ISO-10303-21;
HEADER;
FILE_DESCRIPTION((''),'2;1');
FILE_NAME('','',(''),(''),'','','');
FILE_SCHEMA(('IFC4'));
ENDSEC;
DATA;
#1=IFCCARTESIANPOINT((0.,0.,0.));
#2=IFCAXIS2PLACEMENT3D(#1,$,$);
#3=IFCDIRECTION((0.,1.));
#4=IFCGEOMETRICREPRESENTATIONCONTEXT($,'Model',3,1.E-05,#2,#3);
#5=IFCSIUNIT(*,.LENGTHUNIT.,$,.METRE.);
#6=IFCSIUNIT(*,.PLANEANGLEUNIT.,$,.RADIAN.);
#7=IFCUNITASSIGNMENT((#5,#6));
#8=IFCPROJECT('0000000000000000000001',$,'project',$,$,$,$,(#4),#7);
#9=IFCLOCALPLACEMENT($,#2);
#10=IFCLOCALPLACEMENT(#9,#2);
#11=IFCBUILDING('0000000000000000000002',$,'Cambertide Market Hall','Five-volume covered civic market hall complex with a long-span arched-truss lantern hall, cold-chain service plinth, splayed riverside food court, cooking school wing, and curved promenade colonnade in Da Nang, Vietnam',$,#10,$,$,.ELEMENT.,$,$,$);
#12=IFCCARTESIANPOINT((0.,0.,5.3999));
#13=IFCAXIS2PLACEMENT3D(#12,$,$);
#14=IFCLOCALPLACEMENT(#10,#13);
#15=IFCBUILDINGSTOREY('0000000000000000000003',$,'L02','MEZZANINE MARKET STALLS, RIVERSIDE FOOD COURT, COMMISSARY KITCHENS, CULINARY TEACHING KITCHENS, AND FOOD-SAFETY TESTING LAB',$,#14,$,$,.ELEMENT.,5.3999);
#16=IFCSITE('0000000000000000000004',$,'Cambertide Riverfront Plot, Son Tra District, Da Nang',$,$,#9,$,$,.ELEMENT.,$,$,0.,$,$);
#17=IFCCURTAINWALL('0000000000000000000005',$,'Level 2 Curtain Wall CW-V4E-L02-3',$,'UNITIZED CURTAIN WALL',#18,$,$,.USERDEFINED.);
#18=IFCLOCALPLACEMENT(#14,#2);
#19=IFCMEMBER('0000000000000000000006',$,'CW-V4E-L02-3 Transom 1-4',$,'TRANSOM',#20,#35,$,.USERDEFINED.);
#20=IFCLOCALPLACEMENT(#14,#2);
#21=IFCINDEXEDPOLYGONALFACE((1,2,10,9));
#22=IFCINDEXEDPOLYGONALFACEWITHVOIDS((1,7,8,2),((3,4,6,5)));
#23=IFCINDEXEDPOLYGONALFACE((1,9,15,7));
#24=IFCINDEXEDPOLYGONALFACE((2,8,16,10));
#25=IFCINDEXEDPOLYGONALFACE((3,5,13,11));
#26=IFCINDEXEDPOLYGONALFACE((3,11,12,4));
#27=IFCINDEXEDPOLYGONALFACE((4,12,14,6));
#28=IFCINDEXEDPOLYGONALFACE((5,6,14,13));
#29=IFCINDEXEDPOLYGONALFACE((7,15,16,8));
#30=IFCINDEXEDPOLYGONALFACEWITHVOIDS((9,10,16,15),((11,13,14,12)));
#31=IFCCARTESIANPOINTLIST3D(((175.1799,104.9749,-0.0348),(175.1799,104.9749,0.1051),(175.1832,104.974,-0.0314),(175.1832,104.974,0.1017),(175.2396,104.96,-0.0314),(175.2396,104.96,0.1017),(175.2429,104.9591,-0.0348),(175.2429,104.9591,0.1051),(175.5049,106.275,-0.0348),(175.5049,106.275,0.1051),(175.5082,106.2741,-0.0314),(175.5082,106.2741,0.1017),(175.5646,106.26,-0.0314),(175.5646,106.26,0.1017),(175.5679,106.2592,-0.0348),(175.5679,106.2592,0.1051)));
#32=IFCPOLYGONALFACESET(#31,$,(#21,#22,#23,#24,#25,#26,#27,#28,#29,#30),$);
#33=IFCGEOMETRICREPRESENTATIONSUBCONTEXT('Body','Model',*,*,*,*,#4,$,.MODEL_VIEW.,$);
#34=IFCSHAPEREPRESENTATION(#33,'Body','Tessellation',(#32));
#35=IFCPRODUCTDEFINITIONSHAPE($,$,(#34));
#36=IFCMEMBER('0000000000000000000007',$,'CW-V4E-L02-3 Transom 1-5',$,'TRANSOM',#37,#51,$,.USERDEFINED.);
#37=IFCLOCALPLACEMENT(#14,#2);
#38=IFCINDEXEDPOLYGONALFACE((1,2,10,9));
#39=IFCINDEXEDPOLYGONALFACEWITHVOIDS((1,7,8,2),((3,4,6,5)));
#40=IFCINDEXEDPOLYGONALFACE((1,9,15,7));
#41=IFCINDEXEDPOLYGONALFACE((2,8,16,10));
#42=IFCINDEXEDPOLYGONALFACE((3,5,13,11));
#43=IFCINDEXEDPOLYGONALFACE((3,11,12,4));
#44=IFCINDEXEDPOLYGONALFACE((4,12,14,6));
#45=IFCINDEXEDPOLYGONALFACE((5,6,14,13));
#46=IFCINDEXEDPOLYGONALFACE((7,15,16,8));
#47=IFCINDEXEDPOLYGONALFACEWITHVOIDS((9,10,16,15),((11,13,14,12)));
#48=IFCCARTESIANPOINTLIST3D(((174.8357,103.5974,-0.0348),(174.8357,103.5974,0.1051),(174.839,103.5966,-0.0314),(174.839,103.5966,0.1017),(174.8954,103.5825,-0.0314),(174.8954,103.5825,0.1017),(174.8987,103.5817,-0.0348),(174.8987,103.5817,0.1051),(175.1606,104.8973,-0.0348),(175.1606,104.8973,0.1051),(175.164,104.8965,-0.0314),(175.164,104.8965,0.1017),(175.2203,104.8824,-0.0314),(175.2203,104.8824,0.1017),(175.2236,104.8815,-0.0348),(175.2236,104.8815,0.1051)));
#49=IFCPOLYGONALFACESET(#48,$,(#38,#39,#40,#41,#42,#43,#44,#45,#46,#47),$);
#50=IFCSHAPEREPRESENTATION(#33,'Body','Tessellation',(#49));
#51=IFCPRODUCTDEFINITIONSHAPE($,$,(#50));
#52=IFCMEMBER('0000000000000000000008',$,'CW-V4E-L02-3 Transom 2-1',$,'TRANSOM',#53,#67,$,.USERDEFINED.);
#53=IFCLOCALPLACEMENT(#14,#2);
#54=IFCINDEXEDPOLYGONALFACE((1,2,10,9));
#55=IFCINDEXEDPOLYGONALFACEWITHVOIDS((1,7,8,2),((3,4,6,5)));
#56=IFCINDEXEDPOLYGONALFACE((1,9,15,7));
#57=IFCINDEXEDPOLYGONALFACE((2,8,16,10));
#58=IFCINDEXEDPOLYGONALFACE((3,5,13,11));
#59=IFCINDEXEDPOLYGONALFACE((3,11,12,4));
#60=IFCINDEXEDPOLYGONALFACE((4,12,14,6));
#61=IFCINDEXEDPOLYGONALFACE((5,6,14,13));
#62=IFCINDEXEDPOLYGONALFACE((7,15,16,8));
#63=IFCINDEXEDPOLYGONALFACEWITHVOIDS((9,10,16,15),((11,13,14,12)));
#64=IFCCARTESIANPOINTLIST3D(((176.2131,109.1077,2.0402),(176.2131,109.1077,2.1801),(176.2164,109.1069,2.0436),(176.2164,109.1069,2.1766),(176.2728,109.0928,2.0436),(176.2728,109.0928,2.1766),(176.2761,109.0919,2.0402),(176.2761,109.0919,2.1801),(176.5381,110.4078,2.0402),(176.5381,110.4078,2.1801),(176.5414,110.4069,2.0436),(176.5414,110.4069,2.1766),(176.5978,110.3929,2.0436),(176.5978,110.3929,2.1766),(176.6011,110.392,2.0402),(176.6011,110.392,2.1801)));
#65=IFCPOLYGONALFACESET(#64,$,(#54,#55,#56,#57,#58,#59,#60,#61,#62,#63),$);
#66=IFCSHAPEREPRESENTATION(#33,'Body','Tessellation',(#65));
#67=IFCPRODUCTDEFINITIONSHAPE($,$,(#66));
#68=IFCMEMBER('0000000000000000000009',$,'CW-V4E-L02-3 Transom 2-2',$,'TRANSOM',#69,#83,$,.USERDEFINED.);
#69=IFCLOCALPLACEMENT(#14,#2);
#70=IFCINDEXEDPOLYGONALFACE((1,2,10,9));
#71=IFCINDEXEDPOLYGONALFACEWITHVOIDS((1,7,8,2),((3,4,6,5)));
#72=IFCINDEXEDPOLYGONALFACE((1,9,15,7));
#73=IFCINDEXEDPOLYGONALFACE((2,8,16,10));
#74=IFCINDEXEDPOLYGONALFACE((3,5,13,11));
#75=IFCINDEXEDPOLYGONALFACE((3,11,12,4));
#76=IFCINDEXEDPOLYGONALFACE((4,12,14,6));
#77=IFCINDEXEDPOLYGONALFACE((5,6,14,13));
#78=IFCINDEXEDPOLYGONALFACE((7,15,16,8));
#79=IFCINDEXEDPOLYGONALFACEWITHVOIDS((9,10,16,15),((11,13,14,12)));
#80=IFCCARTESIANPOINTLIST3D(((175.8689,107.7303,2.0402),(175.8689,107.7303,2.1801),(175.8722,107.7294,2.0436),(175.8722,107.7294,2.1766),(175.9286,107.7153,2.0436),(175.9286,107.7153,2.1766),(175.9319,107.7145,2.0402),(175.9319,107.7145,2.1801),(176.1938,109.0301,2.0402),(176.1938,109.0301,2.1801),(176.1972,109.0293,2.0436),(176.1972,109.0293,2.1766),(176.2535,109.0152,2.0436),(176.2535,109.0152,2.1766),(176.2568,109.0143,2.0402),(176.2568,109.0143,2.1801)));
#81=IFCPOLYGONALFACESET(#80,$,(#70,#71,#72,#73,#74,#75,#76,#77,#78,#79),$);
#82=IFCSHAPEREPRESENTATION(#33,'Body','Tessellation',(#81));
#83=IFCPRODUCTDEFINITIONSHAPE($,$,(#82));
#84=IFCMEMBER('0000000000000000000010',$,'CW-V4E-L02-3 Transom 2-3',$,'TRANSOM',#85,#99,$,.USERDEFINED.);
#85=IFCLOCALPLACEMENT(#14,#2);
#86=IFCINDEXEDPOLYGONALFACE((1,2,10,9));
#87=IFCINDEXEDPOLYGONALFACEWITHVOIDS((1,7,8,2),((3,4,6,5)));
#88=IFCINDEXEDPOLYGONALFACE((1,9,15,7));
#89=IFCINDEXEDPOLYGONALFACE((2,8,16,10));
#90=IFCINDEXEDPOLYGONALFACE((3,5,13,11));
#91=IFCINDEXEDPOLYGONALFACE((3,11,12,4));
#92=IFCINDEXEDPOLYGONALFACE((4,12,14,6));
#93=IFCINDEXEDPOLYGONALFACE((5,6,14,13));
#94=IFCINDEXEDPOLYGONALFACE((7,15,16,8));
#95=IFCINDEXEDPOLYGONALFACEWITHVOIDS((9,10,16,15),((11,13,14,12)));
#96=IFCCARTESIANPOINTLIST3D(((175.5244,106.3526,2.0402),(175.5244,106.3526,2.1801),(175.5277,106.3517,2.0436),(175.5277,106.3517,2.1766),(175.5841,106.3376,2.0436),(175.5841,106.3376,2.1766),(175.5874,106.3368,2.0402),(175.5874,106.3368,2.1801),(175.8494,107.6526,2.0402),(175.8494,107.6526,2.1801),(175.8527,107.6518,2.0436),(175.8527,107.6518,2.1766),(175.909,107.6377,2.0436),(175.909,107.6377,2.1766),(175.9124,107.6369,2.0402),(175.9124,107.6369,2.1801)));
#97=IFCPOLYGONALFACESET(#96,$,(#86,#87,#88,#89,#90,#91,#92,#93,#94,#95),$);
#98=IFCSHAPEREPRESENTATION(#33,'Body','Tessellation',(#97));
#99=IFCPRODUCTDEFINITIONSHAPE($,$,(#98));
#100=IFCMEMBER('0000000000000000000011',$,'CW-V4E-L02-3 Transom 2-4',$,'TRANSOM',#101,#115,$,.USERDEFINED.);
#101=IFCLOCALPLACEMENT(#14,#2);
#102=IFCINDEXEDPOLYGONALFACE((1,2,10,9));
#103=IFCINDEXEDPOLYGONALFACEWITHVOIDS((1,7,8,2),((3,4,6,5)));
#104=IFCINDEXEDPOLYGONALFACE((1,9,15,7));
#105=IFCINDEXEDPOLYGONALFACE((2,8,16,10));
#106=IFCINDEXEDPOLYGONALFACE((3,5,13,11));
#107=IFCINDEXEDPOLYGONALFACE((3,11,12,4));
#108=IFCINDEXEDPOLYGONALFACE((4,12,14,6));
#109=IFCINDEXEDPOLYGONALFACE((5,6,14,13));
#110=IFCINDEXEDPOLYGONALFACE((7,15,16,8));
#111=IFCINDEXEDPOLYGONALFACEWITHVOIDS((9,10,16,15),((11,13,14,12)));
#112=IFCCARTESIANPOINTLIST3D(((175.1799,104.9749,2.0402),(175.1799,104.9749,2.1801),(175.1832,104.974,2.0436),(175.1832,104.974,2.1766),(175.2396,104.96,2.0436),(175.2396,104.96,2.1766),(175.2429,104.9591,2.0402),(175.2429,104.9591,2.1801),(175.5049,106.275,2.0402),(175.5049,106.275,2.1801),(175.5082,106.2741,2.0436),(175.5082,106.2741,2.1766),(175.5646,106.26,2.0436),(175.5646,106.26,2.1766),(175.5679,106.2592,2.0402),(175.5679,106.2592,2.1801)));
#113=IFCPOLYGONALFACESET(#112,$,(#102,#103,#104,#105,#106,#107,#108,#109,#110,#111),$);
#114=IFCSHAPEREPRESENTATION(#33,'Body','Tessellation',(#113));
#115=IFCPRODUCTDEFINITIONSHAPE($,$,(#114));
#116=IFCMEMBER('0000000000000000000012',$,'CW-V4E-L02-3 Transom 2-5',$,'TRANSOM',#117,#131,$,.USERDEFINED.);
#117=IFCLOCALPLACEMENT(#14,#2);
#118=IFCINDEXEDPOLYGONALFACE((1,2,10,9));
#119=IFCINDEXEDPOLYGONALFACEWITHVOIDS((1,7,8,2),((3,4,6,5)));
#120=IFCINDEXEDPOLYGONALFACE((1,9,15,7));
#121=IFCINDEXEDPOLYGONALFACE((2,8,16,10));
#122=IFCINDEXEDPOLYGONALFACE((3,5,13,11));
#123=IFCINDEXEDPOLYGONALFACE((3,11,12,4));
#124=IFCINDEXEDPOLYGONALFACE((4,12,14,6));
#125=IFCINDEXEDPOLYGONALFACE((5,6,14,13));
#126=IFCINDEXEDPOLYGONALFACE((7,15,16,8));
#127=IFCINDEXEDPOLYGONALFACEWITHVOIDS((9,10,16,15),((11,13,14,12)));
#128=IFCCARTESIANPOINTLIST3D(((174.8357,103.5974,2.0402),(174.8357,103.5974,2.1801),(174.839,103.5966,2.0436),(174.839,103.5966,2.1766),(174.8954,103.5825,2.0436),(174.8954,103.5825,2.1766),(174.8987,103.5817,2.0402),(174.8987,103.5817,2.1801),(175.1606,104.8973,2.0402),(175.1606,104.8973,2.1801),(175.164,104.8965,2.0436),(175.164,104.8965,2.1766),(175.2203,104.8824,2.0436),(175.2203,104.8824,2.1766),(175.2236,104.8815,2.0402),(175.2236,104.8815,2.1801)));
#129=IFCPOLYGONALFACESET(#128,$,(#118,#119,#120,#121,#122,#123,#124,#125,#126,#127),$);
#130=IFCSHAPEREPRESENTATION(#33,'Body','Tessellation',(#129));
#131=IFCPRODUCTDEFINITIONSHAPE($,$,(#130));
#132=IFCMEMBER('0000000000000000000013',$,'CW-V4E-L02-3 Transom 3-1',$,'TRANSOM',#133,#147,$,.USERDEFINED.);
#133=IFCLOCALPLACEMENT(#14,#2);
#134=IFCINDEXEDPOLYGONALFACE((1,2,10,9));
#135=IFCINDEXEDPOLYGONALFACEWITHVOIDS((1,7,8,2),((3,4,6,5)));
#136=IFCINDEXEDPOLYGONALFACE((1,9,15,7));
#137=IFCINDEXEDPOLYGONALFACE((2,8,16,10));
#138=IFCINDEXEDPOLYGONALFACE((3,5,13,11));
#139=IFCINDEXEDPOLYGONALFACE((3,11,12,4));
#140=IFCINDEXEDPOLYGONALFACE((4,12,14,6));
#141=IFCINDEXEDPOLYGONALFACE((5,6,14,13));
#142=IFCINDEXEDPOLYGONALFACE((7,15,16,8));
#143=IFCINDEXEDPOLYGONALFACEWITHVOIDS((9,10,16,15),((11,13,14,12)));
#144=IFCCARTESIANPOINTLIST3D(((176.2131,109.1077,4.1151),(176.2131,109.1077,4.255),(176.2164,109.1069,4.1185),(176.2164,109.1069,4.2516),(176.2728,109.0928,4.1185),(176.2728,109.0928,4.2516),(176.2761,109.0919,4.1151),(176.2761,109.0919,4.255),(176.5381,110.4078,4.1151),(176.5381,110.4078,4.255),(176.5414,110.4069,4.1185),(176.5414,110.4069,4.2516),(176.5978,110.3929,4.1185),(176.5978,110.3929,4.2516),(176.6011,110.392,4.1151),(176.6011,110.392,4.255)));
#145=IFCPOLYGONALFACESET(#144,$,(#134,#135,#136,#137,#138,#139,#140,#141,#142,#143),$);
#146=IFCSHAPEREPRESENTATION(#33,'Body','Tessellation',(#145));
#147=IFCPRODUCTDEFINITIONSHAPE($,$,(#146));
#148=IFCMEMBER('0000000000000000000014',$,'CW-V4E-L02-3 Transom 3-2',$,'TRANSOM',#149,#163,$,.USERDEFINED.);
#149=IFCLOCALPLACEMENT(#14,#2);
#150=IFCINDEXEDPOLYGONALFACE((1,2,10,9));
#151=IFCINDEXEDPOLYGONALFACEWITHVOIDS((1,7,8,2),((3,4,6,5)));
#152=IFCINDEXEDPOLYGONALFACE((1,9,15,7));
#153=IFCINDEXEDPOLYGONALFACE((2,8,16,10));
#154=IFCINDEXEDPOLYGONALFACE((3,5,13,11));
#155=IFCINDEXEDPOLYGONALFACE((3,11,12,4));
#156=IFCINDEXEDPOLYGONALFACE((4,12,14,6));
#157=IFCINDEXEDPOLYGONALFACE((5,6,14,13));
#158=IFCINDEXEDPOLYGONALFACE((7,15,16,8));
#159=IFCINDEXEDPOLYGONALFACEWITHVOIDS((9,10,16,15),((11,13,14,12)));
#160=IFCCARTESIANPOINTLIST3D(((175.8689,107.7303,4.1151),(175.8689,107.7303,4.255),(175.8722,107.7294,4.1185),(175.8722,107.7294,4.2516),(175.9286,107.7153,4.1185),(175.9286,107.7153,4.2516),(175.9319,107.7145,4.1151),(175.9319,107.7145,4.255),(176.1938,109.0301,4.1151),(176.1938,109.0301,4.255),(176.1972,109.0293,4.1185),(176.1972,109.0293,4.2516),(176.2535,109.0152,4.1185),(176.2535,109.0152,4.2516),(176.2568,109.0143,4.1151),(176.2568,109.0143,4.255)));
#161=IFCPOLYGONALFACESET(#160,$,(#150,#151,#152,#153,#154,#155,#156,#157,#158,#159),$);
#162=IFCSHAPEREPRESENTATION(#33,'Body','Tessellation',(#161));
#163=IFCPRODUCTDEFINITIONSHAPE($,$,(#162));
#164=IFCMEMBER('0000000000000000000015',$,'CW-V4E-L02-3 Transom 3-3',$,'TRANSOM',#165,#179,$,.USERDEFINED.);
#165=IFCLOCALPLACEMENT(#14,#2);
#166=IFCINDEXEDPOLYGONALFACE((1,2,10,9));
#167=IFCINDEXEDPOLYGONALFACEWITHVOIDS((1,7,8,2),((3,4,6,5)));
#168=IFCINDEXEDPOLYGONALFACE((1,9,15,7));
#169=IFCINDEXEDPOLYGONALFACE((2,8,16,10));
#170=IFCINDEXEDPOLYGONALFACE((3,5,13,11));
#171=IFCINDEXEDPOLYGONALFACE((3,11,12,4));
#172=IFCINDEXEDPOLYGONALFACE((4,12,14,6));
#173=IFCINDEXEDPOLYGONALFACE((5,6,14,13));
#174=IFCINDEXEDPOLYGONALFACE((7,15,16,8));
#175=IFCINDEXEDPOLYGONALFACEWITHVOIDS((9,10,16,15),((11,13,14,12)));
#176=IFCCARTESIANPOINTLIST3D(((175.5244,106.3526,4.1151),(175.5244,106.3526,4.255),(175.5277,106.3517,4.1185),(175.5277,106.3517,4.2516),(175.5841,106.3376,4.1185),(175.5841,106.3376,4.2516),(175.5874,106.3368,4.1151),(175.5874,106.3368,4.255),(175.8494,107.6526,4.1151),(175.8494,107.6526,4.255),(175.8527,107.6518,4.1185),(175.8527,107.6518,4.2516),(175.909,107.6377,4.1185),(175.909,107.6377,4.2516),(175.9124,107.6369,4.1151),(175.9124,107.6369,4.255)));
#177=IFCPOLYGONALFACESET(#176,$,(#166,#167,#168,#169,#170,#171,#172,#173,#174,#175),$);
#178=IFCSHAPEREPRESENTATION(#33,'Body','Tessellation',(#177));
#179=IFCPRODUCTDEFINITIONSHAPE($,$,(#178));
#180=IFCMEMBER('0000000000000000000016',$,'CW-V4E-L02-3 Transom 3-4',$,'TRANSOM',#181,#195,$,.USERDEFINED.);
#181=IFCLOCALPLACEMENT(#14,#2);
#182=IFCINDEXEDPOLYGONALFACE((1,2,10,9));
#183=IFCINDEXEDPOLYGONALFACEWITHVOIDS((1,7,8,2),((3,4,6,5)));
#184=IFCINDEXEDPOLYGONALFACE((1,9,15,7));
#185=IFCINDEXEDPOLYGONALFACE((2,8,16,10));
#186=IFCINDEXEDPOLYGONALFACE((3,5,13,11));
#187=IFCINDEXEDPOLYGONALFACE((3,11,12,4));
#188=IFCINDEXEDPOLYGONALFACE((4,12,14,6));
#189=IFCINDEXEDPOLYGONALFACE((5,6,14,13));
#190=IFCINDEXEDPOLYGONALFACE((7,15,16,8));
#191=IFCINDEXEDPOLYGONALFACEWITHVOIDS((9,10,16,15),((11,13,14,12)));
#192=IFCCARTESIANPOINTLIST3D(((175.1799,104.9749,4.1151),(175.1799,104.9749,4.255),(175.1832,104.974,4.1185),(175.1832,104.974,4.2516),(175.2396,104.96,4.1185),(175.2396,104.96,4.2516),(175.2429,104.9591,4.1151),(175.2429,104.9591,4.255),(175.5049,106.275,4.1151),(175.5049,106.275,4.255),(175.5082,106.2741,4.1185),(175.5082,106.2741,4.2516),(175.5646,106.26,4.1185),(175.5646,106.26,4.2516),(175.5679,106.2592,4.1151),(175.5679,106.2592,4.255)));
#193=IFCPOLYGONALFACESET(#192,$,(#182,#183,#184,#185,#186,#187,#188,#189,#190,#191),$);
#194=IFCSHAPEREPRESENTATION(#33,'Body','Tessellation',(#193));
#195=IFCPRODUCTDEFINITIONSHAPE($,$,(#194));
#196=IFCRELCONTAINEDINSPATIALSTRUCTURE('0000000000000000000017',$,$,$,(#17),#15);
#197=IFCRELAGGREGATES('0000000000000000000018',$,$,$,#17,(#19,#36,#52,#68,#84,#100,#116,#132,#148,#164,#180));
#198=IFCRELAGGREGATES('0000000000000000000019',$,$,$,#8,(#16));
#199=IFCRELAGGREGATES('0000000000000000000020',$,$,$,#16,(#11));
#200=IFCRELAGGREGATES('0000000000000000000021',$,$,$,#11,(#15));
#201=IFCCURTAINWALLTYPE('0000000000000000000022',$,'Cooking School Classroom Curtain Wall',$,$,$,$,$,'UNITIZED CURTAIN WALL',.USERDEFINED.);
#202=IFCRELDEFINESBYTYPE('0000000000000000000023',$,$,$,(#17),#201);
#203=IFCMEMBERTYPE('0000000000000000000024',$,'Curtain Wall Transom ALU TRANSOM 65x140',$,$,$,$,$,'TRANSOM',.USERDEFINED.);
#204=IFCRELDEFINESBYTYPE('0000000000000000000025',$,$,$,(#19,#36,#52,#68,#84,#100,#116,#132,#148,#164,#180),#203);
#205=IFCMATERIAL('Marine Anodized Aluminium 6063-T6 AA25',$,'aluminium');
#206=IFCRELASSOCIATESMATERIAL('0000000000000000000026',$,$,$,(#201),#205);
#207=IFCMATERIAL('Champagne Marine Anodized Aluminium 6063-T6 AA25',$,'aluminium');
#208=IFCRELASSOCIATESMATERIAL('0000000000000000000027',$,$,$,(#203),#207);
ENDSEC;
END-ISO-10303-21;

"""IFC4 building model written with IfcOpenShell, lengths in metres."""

from ifc_helpers import new_model, si_unit, direction, frame, origin, origin_2d, place, context, subcontext, project, spatial, hollow_rectangle, extrude, material, material_profile, profile_set, type_object, element, aggregate, save


model = new_model("IFC4")

# Units and contexts
model_context = context("Model", 3, precision=1e-05, world=origin(), true_north=direction((0.0, 1.0)))
body_context = subcontext(model_context, "Body", "Model", "MODEL_VIEW")
ifc_project = project(units=[si_unit("LENGTHUNIT", "METRE"), si_unit("PLANEANGLEUNIT", "RADIAN")], contexts=[model_context])

# Site, building, storey
site_placement = place(None, origin())
site = spatial("IfcSite", under=ifc_project, at=site_placement, Name="Cambertide Riverfront Plot, Son Tra District, Da Nang", CompositionType="ELEMENT", RefElevation=0.0)
building_placement = place(site_placement, origin())
building = spatial("IfcBuilding", under=site, at=building_placement, Name="Cambertide Market Hall", Description="Five-volume covered civic market hall complex with a long-span arched-truss lantern hall, cold-chain service plinth, splayed riverside food court, cooking school wing, and curved promenade colonnade in Da Nang, Vietnam", CompositionType="ELEMENT")
storey_placement = place(building_placement, frame((0.0, 0.0, 5.3999)))
storey = spatial("IfcBuildingStorey", under=building, at=storey_placement, Name="L02", Description="MEZZANINE MARKET STALLS, RIVERSIDE FOOD COURT, COMMISSARY KITCHENS, CULINARY TEACHING KITCHENS, AND FOOD-SAFETY TESTING LAB", CompositionType="ELEMENT", Elevation=5.3999)

# Curtain wall, members
ifc_material_1 = material(Name="Marine Anodized Aluminium 6063-T6 AA25", Category="aluminium")
curtain_wall_type = type_object("IfcCurtainWallType", Name="Cooking School Classroom Curtain Wall", ElementType="UNITIZED CURTAIN WALL", PredefinedType="USERDEFINED", material=ifc_material_1)
curtain_wall_placement = place(storey_placement, origin())
curtain_wall = element("IfcCurtainWall", 1, at=curtain_wall_placement, inside=storey, type_object=curtain_wall_type, Name="Level 2 Curtain Wall CW-V4E-L02-3", ObjectType="UNITIZED CURTAIN WALL", PredefinedType="USERDEFINED")
ifc_material_2 = material(Name="Champagne Marine Anodized Aluminium 6063-T6 AA25", Category="aluminium")
ifc_material_profile_1 = material_profile(ifc_material_2, hollow_rectangle(XDim=0.0649, YDim=0.1399, WallThickness=0.0034, at=origin_2d()), Name="ALU TRANSOM 65x140")
ifc_profile_set_1 = profile_set([ifc_material_profile_1], Name="Champagne Marine Anodized Aluminium 6063-T6 AA25")
member_type_1 = type_object("IfcMemberType", Name="Curtain Wall Transom ALU TRANSOM 65x140", ElementType="TRANSOM", PredefinedType="USERDEFINED", material=ifc_profile_set_1)
member_1_placement = place(storey_placement, frame((175.5364, 106.2671, 0.0352), z_axis=(-0.242493, -0.970153, 0.0), x_axis=(0.970153, -0.242493, 0.0)))
member_1 = element("IfcMember", 2, at=member_1_placement, type_object=member_type_1, Name="CW-V4E-L02-3 Transom 1-4", ObjectType="TRANSOM", PredefinedType="USERDEFINED", context=body_context, shape_type="SweptSolid", body=[
    extrude(hollow_rectangle(XDim=0.0649, YDim=0.1399, WallThickness=0.0034, at=origin_2d()), origin(), (0.0, 0.0, 1.0), 1.3401),
])
member_2_placement = place(storey_placement, frame((175.1921, 104.8894, 0.0352), z_axis=(-0.242536, -0.970143, 0.0), x_axis=(0.970143, -0.242536, 0.0)))
member_2 = element("IfcMember", 3, at=member_2_placement, type_object=member_type_1, Name="CW-V4E-L02-3 Transom 1-5", ObjectType="TRANSOM", PredefinedType="USERDEFINED", context=body_context, shape_type="SweptSolid", body=[
    extrude(hollow_rectangle(XDim=0.0649, YDim=0.1399, WallThickness=0.0034, at=origin_2d()), origin(), (0.0, 0.0, 1.0), 1.3398),
])
member_3_placement = place(storey_placement, frame((176.5696, 110.3999, 2.1101), z_axis=(-0.242493, -0.970153, 0.0), x_axis=(0.970153, -0.242493, 0.0)))
member_3 = element("IfcMember", 4, at=member_3_placement, type_object=member_type_1, Name="CW-V4E-L02-3 Transom 2-1", ObjectType="TRANSOM", PredefinedType="USERDEFINED", context=body_context, shape_type="SweptSolid", body=[
    extrude(hollow_rectangle(XDim=0.0649, YDim=0.1399, WallThickness=0.0034, at=origin_2d()), origin(), (0.0, 0.0, 1.0), 1.3401),
])
member_4_placement = place(storey_placement, frame((176.2253, 109.0222, 2.1101), z_axis=(-0.242536, -0.970143, 0.0), x_axis=(0.970143, -0.242536, 0.0)))
member_4 = element("IfcMember", 5, at=member_4_placement, type_object=member_type_1, Name="CW-V4E-L02-3 Transom 2-2", ObjectType="TRANSOM", PredefinedType="USERDEFINED", context=body_context, shape_type="SweptSolid", body=[
    extrude(hollow_rectangle(XDim=0.0649, YDim=0.1399, WallThickness=0.0034, at=origin_2d()), origin(), (0.0, 0.0, 1.0), 1.3398),
])
member_5_placement = place(storey_placement, frame((175.8809, 107.6448, 2.1101), z_axis=(-0.242493, -0.970153, 0.0), x_axis=(0.970153, -0.242493, 0.0)))
member_5 = element("IfcMember", 6, at=member_5_placement, type_object=member_type_1, Name="CW-V4E-L02-3 Transom 2-3", ObjectType="TRANSOM", PredefinedType="USERDEFINED", context=body_context, shape_type="SweptSolid", body=[
    extrude(hollow_rectangle(XDim=0.0649, YDim=0.1399, WallThickness=0.0034, at=origin_2d()), origin(), (0.0, 0.0, 1.0), 1.3401),
])
member_6_placement = place(storey_placement, frame((175.5364, 106.2671, 2.1101), z_axis=(-0.242493, -0.970153, 0.0), x_axis=(0.970153, -0.242493, 0.0)))
member_6 = element("IfcMember", 7, at=member_6_placement, type_object=member_type_1, Name="CW-V4E-L02-3 Transom 2-4", ObjectType="TRANSOM", PredefinedType="USERDEFINED", context=body_context, shape_type="SweptSolid", body=[
    extrude(hollow_rectangle(XDim=0.0649, YDim=0.1399, WallThickness=0.0034, at=origin_2d()), origin(), (0.0, 0.0, 1.0), 1.3401),
])
member_7_placement = place(storey_placement, frame((175.1921, 104.8894, 2.1101), z_axis=(-0.242536, -0.970143, 0.0), x_axis=(0.970143, -0.242536, 0.0)))
member_7 = element("IfcMember", 8, at=member_7_placement, type_object=member_type_1, Name="CW-V4E-L02-3 Transom 2-5", ObjectType="TRANSOM", PredefinedType="USERDEFINED", context=body_context, shape_type="SweptSolid", body=[
    extrude(hollow_rectangle(XDim=0.0649, YDim=0.1399, WallThickness=0.0034, at=origin_2d()), origin(), (0.0, 0.0, 1.0), 1.3398),
])
member_8_placement = place(storey_placement, frame((176.5696, 110.3999, 4.1851), z_axis=(-0.242493, -0.970153, 0.0), x_axis=(0.970153, -0.242493, 0.0)))
member_8 = element("IfcMember", 9, at=member_8_placement, type_object=member_type_1, Name="CW-V4E-L02-3 Transom 3-1", ObjectType="TRANSOM", PredefinedType="USERDEFINED", context=body_context, shape_type="SweptSolid", body=[
    extrude(hollow_rectangle(XDim=0.0649, YDim=0.1399, WallThickness=0.0034, at=origin_2d()), origin(), (0.0, 0.0, 1.0), 1.3401),
])
member_9_placement = place(storey_placement, frame((176.2253, 109.0222, 4.1851), z_axis=(-0.242536, -0.970143, 0.0), x_axis=(0.970143, -0.242536, 0.0)))
member_9 = element("IfcMember", 10, at=member_9_placement, type_object=member_type_1, Name="CW-V4E-L02-3 Transom 3-2", ObjectType="TRANSOM", PredefinedType="USERDEFINED", context=body_context, shape_type="SweptSolid", body=[
    extrude(hollow_rectangle(XDim=0.0649, YDim=0.1399, WallThickness=0.0034, at=origin_2d()), origin(), (0.0, 0.0, 1.0), 1.3398),
])
member_10_placement = place(storey_placement, frame((175.8809, 107.6448, 4.1851), z_axis=(-0.242493, -0.970153, 0.0), x_axis=(0.970153, -0.242493, 0.0)))
member_10 = element("IfcMember", 11, at=member_10_placement, type_object=member_type_1, Name="CW-V4E-L02-3 Transom 3-3", ObjectType="TRANSOM", PredefinedType="USERDEFINED", context=body_context, shape_type="SweptSolid", body=[
    extrude(hollow_rectangle(XDim=0.0649, YDim=0.1399, WallThickness=0.0034, at=origin_2d()), origin(), (0.0, 0.0, 1.0), 1.3401),
])
member_11_placement = place(storey_placement, frame((175.5364, 106.2671, 4.1851), z_axis=(-0.242493, -0.970153, 0.0), x_axis=(0.970153, -0.242493, 0.0)))
member_11 = element("IfcMember", 12, at=member_11_placement, type_object=member_type_1, Name="CW-V4E-L02-3 Transom 3-4", ObjectType="TRANSOM", PredefinedType="USERDEFINED", context=body_context, shape_type="SweptSolid", body=[
    extrude(hollow_rectangle(XDim=0.0649, YDim=0.1399, WallThickness=0.0034, at=origin_2d()), origin(), (0.0, 0.0, 1.0), 1.3401),
])
aggregate(curtain_wall, [member_1, member_2, member_3, member_4, member_5, member_6, member_7, member_8, member_9, member_10, member_11])

save(model, "model.ifc")
